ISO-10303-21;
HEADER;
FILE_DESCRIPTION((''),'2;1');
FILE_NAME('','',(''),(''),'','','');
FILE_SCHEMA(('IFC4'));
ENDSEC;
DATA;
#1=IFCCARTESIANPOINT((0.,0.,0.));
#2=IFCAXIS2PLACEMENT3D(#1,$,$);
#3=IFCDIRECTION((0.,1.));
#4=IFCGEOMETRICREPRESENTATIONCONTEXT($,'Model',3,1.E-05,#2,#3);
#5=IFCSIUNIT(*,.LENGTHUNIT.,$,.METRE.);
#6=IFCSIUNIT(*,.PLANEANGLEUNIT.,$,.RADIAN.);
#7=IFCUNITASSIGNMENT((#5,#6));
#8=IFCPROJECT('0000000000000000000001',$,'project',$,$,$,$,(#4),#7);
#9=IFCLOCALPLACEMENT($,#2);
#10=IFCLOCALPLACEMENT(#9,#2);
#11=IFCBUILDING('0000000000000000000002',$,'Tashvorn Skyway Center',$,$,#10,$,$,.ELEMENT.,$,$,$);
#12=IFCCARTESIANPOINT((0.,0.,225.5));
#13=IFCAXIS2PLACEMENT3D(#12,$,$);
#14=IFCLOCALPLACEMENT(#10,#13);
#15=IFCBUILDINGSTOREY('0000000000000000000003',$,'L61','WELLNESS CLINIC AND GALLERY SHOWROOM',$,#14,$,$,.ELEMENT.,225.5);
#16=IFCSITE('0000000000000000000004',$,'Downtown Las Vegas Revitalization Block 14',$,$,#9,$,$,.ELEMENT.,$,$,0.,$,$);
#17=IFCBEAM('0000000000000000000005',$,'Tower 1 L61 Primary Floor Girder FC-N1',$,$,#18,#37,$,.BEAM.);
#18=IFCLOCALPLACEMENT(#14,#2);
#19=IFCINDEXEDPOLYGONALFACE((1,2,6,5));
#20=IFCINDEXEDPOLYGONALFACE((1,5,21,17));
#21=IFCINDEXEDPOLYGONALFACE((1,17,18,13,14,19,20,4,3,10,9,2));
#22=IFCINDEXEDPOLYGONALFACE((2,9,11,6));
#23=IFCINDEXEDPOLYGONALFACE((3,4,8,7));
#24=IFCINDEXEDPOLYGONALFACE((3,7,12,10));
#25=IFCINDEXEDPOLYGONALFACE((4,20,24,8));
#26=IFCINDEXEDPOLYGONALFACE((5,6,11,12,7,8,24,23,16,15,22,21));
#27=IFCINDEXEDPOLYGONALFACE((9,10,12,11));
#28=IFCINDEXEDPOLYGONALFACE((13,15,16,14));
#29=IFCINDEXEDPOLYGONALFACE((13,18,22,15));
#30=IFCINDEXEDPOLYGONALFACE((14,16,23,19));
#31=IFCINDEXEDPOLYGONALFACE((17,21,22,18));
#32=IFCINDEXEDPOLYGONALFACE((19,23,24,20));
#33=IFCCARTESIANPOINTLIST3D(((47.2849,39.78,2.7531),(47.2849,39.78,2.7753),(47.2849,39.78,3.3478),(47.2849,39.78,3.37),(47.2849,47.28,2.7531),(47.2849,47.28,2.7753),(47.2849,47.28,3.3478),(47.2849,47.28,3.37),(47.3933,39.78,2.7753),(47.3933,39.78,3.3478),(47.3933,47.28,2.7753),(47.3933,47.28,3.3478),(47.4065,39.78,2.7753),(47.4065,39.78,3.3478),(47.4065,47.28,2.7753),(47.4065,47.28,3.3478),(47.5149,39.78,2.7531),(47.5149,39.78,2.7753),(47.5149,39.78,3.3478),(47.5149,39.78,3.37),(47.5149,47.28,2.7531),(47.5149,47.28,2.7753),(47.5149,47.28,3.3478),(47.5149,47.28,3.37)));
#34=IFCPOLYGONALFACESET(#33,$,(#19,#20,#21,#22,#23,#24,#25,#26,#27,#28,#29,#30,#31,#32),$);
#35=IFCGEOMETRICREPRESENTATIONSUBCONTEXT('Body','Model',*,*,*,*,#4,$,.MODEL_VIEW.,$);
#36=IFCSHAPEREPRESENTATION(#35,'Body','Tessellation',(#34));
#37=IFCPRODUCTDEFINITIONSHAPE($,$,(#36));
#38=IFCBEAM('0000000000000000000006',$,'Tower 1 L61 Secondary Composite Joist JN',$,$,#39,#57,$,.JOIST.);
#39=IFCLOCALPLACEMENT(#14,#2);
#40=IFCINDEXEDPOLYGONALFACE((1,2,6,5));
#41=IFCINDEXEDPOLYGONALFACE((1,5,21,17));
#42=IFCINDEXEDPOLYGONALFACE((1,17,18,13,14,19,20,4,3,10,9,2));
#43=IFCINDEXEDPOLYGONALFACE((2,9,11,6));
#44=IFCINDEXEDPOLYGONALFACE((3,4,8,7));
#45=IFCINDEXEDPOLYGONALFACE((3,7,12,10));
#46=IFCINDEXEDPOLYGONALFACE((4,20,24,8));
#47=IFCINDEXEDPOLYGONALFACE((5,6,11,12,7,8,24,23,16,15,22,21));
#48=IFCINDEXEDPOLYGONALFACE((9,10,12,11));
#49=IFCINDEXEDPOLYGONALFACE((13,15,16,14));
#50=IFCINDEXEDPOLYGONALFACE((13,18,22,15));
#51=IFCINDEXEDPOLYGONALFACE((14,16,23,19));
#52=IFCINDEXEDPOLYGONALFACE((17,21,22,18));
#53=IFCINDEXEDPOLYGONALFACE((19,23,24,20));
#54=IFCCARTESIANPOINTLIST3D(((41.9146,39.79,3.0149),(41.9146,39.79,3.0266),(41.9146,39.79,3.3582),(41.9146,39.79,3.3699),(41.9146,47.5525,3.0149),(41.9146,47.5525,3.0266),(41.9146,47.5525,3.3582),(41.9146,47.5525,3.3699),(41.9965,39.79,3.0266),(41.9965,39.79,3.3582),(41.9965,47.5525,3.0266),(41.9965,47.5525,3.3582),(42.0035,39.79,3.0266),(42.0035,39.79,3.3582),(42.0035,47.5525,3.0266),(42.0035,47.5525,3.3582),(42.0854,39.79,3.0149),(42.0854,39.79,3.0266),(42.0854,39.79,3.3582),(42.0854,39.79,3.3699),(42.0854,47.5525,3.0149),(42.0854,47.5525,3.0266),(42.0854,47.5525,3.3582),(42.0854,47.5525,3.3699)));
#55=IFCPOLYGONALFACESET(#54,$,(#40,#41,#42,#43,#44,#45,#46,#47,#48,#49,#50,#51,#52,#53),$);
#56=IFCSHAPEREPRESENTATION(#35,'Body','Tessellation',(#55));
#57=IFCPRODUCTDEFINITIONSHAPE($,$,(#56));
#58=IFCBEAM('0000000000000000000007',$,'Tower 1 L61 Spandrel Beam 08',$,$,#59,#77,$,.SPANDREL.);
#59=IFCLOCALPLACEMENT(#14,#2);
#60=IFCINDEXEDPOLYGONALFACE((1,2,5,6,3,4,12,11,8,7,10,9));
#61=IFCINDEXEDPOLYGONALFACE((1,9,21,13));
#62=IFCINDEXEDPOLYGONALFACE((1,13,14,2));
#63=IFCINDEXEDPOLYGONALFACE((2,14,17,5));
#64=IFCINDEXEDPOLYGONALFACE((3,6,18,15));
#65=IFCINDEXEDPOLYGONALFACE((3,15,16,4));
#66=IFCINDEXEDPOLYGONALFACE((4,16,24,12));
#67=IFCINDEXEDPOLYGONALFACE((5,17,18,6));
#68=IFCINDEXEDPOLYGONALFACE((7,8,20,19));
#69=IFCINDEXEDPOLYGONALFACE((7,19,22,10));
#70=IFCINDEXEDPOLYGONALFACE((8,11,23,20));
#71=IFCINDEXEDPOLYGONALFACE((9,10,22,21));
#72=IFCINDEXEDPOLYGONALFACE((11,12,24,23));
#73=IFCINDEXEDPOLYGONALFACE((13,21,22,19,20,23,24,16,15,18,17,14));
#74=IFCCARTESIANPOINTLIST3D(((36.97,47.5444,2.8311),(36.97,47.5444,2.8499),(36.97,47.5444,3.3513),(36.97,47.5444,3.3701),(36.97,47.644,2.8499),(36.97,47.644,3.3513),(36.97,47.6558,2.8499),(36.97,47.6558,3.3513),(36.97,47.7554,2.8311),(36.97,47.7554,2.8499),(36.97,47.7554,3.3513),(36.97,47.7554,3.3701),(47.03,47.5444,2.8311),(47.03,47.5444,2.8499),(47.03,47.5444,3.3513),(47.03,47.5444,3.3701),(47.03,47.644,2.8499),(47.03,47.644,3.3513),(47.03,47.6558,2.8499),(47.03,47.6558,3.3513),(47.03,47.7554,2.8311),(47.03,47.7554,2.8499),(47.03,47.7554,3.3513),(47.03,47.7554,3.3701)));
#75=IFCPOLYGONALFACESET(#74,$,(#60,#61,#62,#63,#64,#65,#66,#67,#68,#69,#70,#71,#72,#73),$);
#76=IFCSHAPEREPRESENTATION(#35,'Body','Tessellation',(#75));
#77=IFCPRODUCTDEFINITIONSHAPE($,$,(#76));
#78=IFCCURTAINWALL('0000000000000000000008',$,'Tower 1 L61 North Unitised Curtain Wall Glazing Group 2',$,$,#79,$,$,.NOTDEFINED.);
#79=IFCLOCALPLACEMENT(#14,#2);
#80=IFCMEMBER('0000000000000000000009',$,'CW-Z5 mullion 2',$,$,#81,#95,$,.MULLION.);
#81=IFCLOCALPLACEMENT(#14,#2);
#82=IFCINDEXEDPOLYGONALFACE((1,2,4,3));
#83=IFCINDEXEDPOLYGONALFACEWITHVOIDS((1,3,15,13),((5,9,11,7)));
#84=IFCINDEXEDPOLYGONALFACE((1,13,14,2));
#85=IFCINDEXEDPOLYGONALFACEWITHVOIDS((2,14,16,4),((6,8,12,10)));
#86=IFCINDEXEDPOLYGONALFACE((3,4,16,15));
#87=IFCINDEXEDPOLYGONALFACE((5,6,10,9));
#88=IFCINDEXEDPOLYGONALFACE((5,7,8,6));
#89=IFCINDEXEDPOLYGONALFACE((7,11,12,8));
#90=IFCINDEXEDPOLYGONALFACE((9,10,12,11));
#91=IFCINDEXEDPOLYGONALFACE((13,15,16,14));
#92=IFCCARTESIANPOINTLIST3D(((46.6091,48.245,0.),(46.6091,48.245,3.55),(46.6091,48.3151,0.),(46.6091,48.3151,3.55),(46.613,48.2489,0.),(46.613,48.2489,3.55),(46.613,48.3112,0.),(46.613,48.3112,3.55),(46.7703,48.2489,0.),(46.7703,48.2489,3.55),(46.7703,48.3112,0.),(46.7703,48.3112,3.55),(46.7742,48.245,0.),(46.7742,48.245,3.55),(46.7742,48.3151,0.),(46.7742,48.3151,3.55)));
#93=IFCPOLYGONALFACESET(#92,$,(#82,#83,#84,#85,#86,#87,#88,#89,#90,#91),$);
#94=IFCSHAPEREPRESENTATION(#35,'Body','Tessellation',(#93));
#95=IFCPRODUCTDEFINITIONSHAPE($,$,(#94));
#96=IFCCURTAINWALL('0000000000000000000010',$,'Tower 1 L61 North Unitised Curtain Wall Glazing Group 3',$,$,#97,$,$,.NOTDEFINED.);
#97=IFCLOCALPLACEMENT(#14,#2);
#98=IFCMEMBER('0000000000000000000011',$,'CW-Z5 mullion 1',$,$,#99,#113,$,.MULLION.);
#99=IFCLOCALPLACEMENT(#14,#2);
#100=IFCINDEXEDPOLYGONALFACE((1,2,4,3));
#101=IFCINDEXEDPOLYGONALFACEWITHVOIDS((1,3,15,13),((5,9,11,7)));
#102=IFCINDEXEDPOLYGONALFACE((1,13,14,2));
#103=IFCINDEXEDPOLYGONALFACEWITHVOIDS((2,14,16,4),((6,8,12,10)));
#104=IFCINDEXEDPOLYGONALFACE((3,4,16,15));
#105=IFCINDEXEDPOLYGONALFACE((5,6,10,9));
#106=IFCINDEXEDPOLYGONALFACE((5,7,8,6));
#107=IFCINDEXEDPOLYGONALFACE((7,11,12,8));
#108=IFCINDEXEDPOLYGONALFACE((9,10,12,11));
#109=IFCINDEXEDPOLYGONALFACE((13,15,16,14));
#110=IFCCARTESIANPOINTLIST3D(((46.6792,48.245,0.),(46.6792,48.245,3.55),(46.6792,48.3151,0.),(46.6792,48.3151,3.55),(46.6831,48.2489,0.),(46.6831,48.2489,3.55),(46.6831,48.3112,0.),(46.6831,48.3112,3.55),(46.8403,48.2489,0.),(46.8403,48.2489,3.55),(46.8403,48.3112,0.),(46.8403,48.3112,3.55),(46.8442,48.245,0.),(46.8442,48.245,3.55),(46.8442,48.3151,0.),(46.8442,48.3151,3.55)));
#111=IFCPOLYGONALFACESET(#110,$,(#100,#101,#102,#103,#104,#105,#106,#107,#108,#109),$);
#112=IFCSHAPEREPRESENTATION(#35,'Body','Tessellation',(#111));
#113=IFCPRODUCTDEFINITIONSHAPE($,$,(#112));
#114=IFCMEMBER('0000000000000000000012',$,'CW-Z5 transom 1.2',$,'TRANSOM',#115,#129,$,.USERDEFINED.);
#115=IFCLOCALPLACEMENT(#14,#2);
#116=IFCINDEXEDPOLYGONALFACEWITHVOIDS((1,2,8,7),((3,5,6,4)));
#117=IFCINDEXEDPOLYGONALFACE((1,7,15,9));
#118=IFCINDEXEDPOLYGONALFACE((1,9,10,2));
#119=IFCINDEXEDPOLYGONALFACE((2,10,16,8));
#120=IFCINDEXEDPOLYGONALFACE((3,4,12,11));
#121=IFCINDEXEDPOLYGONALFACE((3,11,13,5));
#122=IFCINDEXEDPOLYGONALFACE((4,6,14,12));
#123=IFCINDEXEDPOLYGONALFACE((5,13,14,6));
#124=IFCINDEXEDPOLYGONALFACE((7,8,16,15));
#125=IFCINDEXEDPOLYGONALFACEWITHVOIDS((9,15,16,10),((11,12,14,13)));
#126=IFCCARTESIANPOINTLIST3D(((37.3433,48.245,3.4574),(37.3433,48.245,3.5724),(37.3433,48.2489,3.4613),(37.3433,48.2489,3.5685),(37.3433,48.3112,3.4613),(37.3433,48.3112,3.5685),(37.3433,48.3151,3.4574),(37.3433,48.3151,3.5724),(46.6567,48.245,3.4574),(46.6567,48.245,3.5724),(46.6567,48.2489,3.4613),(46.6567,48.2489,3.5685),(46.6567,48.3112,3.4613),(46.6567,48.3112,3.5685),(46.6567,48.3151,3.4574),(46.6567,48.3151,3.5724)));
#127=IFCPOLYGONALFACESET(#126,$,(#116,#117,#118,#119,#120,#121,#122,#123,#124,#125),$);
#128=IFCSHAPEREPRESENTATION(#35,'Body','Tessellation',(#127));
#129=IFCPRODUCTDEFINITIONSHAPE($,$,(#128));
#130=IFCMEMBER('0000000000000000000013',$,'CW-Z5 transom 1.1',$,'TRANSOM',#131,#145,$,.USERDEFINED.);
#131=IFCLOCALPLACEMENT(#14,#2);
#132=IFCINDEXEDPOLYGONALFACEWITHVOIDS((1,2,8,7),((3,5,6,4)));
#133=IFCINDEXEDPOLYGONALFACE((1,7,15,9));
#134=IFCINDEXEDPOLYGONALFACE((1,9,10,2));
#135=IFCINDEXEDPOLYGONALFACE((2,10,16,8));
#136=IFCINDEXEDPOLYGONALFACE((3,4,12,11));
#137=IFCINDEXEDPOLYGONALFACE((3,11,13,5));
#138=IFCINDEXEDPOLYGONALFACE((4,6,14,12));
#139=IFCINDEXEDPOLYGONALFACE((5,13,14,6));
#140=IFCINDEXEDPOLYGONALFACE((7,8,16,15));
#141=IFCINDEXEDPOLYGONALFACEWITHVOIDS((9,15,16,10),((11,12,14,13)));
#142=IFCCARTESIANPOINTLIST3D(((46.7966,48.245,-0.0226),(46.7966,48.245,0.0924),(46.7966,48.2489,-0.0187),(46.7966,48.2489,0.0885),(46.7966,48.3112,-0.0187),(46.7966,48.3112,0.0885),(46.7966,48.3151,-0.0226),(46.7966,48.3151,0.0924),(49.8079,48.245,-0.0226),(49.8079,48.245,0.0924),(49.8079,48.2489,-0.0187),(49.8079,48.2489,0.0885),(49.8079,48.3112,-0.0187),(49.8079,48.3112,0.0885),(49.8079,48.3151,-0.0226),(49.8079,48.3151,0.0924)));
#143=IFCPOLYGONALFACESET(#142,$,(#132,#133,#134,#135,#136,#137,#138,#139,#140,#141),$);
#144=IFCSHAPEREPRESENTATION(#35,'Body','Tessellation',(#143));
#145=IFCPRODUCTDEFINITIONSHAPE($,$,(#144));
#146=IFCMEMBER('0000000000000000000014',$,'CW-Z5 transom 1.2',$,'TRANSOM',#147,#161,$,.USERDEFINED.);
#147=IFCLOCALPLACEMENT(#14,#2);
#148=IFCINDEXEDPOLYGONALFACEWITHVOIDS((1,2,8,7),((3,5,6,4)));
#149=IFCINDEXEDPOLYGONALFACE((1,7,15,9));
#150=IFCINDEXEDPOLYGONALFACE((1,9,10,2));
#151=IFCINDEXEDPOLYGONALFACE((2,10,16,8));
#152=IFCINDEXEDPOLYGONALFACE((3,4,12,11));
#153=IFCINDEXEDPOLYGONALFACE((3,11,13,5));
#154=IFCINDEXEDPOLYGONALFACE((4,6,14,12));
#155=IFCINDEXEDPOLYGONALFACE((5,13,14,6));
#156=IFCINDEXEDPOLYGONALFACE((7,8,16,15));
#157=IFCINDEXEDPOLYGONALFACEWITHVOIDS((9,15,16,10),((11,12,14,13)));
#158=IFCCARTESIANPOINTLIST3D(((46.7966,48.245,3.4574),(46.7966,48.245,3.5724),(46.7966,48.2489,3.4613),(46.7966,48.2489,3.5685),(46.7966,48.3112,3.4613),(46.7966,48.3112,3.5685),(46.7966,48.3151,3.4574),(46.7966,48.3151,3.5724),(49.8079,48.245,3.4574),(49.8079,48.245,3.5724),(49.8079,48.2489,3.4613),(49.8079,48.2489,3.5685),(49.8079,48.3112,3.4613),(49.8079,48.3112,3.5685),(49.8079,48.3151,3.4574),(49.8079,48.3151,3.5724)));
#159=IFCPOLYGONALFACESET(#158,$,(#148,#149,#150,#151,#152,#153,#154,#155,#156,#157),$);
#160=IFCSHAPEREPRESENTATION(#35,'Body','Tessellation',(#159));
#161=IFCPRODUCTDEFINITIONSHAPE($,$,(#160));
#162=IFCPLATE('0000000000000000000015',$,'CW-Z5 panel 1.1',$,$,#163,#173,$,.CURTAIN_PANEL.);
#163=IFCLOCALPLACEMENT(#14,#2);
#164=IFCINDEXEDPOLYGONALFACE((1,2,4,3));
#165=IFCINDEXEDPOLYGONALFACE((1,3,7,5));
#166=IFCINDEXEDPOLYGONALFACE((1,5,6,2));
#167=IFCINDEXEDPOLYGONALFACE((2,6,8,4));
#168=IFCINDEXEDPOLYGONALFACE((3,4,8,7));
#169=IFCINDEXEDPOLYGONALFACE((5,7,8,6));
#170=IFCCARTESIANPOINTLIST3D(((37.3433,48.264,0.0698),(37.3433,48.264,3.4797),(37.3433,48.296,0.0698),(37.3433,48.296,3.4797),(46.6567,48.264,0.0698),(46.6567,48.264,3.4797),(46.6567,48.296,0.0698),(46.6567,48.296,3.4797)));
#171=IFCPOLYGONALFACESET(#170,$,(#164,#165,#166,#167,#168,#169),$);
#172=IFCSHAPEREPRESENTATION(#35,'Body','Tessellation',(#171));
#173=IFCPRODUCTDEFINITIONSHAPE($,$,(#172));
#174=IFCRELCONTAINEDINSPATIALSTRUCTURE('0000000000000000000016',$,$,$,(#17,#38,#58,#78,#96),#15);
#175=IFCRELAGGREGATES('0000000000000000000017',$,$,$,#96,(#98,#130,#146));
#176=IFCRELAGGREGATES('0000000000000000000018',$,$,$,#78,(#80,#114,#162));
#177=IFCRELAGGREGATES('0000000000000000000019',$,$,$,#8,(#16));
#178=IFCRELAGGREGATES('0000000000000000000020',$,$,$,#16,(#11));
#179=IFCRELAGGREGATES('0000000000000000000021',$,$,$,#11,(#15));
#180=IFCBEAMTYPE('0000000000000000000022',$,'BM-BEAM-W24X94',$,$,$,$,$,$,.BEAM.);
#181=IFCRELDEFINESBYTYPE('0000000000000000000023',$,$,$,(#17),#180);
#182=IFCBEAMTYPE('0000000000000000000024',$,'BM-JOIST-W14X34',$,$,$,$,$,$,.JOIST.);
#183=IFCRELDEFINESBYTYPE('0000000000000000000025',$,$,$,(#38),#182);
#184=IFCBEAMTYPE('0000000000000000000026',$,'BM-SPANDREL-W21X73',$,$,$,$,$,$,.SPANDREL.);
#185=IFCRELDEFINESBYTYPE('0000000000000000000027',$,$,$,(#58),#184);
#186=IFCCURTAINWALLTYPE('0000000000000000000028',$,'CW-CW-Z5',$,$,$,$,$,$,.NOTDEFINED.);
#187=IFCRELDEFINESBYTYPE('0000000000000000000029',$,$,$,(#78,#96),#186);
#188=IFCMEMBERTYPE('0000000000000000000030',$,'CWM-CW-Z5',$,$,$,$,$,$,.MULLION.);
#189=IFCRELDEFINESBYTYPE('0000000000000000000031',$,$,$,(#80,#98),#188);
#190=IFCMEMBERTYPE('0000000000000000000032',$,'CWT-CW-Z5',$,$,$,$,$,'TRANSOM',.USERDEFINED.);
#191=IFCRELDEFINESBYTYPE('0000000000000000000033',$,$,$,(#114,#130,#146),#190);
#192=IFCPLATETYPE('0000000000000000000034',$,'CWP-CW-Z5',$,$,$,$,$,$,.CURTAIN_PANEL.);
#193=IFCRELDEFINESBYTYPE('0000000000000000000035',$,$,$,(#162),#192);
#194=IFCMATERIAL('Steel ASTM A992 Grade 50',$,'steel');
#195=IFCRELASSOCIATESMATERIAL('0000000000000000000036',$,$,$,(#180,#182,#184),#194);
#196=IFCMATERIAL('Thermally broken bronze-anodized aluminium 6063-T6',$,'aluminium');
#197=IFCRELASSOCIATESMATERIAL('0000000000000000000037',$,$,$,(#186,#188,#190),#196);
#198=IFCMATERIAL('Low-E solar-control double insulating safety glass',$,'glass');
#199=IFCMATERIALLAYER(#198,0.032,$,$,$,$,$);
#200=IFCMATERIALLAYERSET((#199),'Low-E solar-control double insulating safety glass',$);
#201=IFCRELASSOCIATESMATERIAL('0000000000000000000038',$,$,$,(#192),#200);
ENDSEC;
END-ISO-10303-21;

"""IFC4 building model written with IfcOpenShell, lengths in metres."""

from ifc_helpers import new_model, si_unit, direction, frame, origin, origin_2d, place, context, subcontext, project, spatial, rectangle, hollow_rectangle, i_section, extrude, material, layer, layer_set, material_profile, profile_set, type_object, element, aggregate, save


model = new_model("IFC4")

# Units and contexts
model_context = context("Model", 3, precision=1e-05, world=origin(), true_north=direction((0.0, 1.0)))
body_context = subcontext(model_context, "Body", "Model", "MODEL_VIEW")
ifc_project = project(units=[si_unit("LENGTHUNIT", "METRE"), si_unit("PLANEANGLEUNIT", "RADIAN")], contexts=[model_context])

# Site, building, storey
site_placement = place(None, origin())
site = spatial("IfcSite", under=ifc_project, at=site_placement, Name="Downtown Las Vegas Revitalization Block 14", CompositionType="ELEMENT", RefElevation=0.0)
building_placement = place(site_placement, origin())
building = spatial("IfcBuilding", under=site, at=building_placement, Name="Tashvorn Skyway Center", CompositionType="ELEMENT")
storey_placement = place(building_placement, frame((0.0, 0.0, 225.5)))
storey = spatial("IfcBuildingStorey", under=building, at=storey_placement, Name="L61", Description="WELLNESS CLINIC AND GALLERY SHOWROOM", CompositionType="ELEMENT", Elevation=225.5)

# Beams
ifc_material_1 = material(Name="Steel ASTM A992 Grade 50", Category="steel")
ifc_material_profile_1 = material_profile(ifc_material_1, i_section(OverallWidth=0.23, OverallDepth=0.6169, WebThickness=0.0132, FlangeThickness=0.0222, at=origin_2d()), Name="W24X94")
ifc_profile_set_1 = profile_set([ifc_material_profile_1], Name="Steel ASTM A992 Grade 50")
beam_type_1 = type_object("IfcBeamType", Name="BM-BEAM-W24X94", PredefinedType="BEAM", material=ifc_profile_set_1)
beam_1_placement = place(storey_placement, frame((47.3999, 47.28, 3.0615), z_axis=(0.0, -1.0, 0.0), x_axis=(1.0, 0.0, 0.0)))
element("IfcBeam", 1, at=beam_1_placement, inside=storey, type_object=beam_type_1, Name="Tower 1 L61 Primary Floor Girder FC-N1", PredefinedType="BEAM", context=body_context, shape_type="SweptSolid", body=[
    extrude(i_section(OverallWidth=0.23, OverallDepth=0.6169, WebThickness=0.0132, FlangeThickness=0.0222, at=origin_2d()), origin(), (0.0, 0.0, 1.0), 7.5),
])
ifc_material_profile_2 = material_profile(ifc_material_1, i_section(OverallWidth=0.1709, OverallDepth=0.355, WebThickness=0.0071, FlangeThickness=0.0117, at=origin_2d()), Name="W14X34")
ifc_profile_set_2 = profile_set([ifc_material_profile_2], Name="Steel ASTM A992 Grade 50")
beam_type_2 = type_object("IfcBeamType", Name="BM-JOIST-W14X34", PredefinedType="JOIST", material=ifc_profile_set_2)
beam_2_placement = place(storey_placement, frame((42.0, 39.79, 3.1924), z_axis=(0.0, 1.0, 0.0), x_axis=(-1.0, 0.0, 0.0)))
element("IfcBeam", 2, at=beam_2_placement, inside=storey, type_object=beam_type_2, Name="Tower 1 L61 Secondary Composite Joist JN", PredefinedType="JOIST", context=body_context, shape_type="SweptSolid", body=[
    extrude(i_section(OverallWidth=0.1709, OverallDepth=0.355, WebThickness=0.0071, FlangeThickness=0.0117, at=origin_2d()), origin(), (0.0, 0.0, 1.0), 7.7625),
])
ifc_material_profile_3 = material_profile(ifc_material_1, i_section(OverallWidth=0.2109, OverallDepth=0.5391, WebThickness=0.0117, FlangeThickness=0.0188, at=origin_2d()), Name="W21X73")
ifc_profile_set_3 = profile_set([ifc_material_profile_3], Name="Steel ASTM A992 Grade 50")
beam_type_3 = type_object("IfcBeamType", Name="BM-SPANDREL-W21X73", PredefinedType="SPANDREL", material=ifc_profile_set_3)
beam_3_placement = place(storey_placement, frame((47.03, 47.6499, 3.1006), z_axis=(-1.0, 0.0, 0.0), x_axis=(0.0, -1.0, 0.0)))
element("IfcBeam", 3, at=beam_3_placement, inside=storey, type_object=beam_type_3, Name="Tower 1 L61 Spandrel Beam 08", PredefinedType="SPANDREL", context=body_context, shape_type="SweptSolid", body=[
    extrude(i_section(OverallWidth=0.2109, OverallDepth=0.5391, WebThickness=0.0117, FlangeThickness=0.0188, at=origin_2d()), origin(), (0.0, 0.0, 1.0), 10.0601),
])

# Curtain walls, members
ifc_material_2 = material(Name="Thermally broken bronze-anodized aluminium 6063-T6", Category="aluminium")
curtain_wall_type = type_object("IfcCurtainWallType", Name="CW-CW-Z5", PredefinedType="NOTDEFINED", material=ifc_material_2)
curtain_wall_1_placement = place(storey_placement, origin())
curtain_wall_1 = element("IfcCurtainWall", 4, at=curtain_wall_1_placement, inside=storey, type_object=curtain_wall_type, Name="Tower 1 L61 North Unitised Curtain Wall Glazing Group 2", PredefinedType="NOTDEFINED")
ifc_material_profile_4 = material_profile(ifc_material_2, hollow_rectangle(XDim=0.0701, YDim=0.165, WallThickness=0.0039, at=origin_2d()), Name="ALU-MULL-70x165")
ifc_profile_set_4 = profile_set([ifc_material_profile_4], Name="Thermally broken bronze-anodized aluminium 6063-T6")
member_type_1 = type_object("IfcMemberType", Name="CWM-CW-Z5", PredefinedType="MULLION", material=ifc_profile_set_4)
member_1_placement = place(storey_placement, frame((46.6917, 48.28, 0.0), z_axis=(0.0, 0.0, 1.0), x_axis=(0.0, 1.0, 0.0)))
member_1 = element("IfcMember", 5, at=member_1_placement, type_object=member_type_1, Name="CW-Z5 mullion 2", PredefinedType="MULLION", context=body_context, shape_type="SweptSolid", body=[
    extrude(hollow_rectangle(XDim=0.0701, YDim=0.165, WallThickness=0.0039, at=origin_2d()), origin(), (0.0, 0.0, 1.0), 3.55),
])
curtain_wall_2_placement = place(storey_placement, origin())
curtain_wall_2 = element("IfcCurtainWall", 6, at=curtain_wall_2_placement, inside=storey, type_object=curtain_wall_type, Name="Tower 1 L61 North Unitised Curtain Wall Glazing Group 3", PredefinedType="NOTDEFINED")
member_2_placement = place(storey_placement, frame((46.7617, 48.28, 0.0), z_axis=(0.0, 0.0, 1.0), x_axis=(0.0, 1.0, 0.0)))
member_2 = element("IfcMember", 7, at=member_2_placement, type_object=member_type_1, Name="CW-Z5 mullion 1", PredefinedType="MULLION", context=body_context, shape_type="SweptSolid", body=[
    extrude(hollow_rectangle(XDim=0.0701, YDim=0.165, WallThickness=0.0039, at=origin_2d()), origin(), (0.0, 0.0, 1.0), 3.55),
])

# Members
ifc_material_profile_5 = material_profile(ifc_material_2, hollow_rectangle(XDim=0.0701, YDim=0.115, WallThickness=0.0039, at=origin_2d()), Name="ALU-TRAN-70x115")
ifc_profile_set_5 = profile_set([ifc_material_profile_5], Name="Thermally broken bronze-anodized aluminium 6063-T6")
member_type_2 = type_object("IfcMemberType", Name="CWT-CW-Z5", ElementType="TRANSOM", PredefinedType="USERDEFINED", material=ifc_profile_set_5)
member_3_placement = place(storey_placement, frame((37.3433, 48.28, 3.5149), z_axis=(1.0, 0.0, 0.0), x_axis=(0.0, 1.0, 0.0)))
member_3 = element("IfcMember", 8, at=member_3_placement, type_object=member_type_2, Name="CW-Z5 transom 1.2", ObjectType="TRANSOM", PredefinedType="USERDEFINED", context=body_context, shape_type="SweptSolid", body=[
    extrude(hollow_rectangle(XDim=0.0701, YDim=0.115, WallThickness=0.0039, at=origin_2d()), origin(), (0.0, 0.0, 1.0), 9.3135),
])
member_4_placement = place(storey_placement, frame((46.7966, 48.28, 0.0349), z_axis=(1.0, 0.0, 0.0), x_axis=(0.0, 1.0, 0.0)))
member_4 = element("IfcMember", 9, at=member_4_placement, type_object=member_type_2, Name="CW-Z5 transom 1.1", ObjectType="TRANSOM", PredefinedType="USERDEFINED", context=body_context, shape_type="SweptSolid", body=[
    extrude(hollow_rectangle(XDim=0.0701, YDim=0.115, WallThickness=0.0039, at=origin_2d()), origin(), (0.0, 0.0, 1.0), 3.0112),
])
member_5_placement = place(storey_placement, frame((46.7966, 48.28, 3.5149), z_axis=(1.0, 0.0, 0.0), x_axis=(0.0, 1.0, 0.0)))
member_5 = element("IfcMember", 10, at=member_5_placement, type_object=member_type_2, Name="CW-Z5 transom 1.2", ObjectType="TRANSOM", PredefinedType="USERDEFINED", context=body_context, shape_type="SweptSolid", body=[
    extrude(hollow_rectangle(XDim=0.0701, YDim=0.115, WallThickness=0.0039, at=origin_2d()), origin(), (0.0, 0.0, 1.0), 3.0112),
])
aggregate(curtain_wall_2, [member_2, member_4, member_5])

# Plate
ifc_material_3 = material(Name="Low-E solar-control double insulating safety glass", Category="glass")
ifc_layer_1 = layer(ifc_material_3, 0.032)
ifc_layer_set_1 = layer_set([ifc_layer_1], Name="Low-E solar-control double insulating safety glass")
plate_type = type_object("IfcPlateType", Name="CWP-CW-Z5", PredefinedType="CURTAIN_PANEL", material=ifc_layer_set_1)
plate_placement = place(storey_placement, frame((42.0, 48.28, 0.0698), z_axis=(0.0, 0.0, 1.0), x_axis=(1.0, 0.0, 0.0)))
plate = element("IfcPlate", 11, at=plate_placement, type_object=plate_type, Name="CW-Z5 panel 1.1", PredefinedType="CURTAIN_PANEL", context=body_context, shape_type="SweptSolid", body=[
    extrude(rectangle(XDim=9.3135, YDim=0.032, at=origin_2d()), origin(), (0.0, 0.0, 1.0), 3.4099),
])
aggregate(curtain_wall_1, [member_1, member_3, plate])

save(model, "model.ifc")
